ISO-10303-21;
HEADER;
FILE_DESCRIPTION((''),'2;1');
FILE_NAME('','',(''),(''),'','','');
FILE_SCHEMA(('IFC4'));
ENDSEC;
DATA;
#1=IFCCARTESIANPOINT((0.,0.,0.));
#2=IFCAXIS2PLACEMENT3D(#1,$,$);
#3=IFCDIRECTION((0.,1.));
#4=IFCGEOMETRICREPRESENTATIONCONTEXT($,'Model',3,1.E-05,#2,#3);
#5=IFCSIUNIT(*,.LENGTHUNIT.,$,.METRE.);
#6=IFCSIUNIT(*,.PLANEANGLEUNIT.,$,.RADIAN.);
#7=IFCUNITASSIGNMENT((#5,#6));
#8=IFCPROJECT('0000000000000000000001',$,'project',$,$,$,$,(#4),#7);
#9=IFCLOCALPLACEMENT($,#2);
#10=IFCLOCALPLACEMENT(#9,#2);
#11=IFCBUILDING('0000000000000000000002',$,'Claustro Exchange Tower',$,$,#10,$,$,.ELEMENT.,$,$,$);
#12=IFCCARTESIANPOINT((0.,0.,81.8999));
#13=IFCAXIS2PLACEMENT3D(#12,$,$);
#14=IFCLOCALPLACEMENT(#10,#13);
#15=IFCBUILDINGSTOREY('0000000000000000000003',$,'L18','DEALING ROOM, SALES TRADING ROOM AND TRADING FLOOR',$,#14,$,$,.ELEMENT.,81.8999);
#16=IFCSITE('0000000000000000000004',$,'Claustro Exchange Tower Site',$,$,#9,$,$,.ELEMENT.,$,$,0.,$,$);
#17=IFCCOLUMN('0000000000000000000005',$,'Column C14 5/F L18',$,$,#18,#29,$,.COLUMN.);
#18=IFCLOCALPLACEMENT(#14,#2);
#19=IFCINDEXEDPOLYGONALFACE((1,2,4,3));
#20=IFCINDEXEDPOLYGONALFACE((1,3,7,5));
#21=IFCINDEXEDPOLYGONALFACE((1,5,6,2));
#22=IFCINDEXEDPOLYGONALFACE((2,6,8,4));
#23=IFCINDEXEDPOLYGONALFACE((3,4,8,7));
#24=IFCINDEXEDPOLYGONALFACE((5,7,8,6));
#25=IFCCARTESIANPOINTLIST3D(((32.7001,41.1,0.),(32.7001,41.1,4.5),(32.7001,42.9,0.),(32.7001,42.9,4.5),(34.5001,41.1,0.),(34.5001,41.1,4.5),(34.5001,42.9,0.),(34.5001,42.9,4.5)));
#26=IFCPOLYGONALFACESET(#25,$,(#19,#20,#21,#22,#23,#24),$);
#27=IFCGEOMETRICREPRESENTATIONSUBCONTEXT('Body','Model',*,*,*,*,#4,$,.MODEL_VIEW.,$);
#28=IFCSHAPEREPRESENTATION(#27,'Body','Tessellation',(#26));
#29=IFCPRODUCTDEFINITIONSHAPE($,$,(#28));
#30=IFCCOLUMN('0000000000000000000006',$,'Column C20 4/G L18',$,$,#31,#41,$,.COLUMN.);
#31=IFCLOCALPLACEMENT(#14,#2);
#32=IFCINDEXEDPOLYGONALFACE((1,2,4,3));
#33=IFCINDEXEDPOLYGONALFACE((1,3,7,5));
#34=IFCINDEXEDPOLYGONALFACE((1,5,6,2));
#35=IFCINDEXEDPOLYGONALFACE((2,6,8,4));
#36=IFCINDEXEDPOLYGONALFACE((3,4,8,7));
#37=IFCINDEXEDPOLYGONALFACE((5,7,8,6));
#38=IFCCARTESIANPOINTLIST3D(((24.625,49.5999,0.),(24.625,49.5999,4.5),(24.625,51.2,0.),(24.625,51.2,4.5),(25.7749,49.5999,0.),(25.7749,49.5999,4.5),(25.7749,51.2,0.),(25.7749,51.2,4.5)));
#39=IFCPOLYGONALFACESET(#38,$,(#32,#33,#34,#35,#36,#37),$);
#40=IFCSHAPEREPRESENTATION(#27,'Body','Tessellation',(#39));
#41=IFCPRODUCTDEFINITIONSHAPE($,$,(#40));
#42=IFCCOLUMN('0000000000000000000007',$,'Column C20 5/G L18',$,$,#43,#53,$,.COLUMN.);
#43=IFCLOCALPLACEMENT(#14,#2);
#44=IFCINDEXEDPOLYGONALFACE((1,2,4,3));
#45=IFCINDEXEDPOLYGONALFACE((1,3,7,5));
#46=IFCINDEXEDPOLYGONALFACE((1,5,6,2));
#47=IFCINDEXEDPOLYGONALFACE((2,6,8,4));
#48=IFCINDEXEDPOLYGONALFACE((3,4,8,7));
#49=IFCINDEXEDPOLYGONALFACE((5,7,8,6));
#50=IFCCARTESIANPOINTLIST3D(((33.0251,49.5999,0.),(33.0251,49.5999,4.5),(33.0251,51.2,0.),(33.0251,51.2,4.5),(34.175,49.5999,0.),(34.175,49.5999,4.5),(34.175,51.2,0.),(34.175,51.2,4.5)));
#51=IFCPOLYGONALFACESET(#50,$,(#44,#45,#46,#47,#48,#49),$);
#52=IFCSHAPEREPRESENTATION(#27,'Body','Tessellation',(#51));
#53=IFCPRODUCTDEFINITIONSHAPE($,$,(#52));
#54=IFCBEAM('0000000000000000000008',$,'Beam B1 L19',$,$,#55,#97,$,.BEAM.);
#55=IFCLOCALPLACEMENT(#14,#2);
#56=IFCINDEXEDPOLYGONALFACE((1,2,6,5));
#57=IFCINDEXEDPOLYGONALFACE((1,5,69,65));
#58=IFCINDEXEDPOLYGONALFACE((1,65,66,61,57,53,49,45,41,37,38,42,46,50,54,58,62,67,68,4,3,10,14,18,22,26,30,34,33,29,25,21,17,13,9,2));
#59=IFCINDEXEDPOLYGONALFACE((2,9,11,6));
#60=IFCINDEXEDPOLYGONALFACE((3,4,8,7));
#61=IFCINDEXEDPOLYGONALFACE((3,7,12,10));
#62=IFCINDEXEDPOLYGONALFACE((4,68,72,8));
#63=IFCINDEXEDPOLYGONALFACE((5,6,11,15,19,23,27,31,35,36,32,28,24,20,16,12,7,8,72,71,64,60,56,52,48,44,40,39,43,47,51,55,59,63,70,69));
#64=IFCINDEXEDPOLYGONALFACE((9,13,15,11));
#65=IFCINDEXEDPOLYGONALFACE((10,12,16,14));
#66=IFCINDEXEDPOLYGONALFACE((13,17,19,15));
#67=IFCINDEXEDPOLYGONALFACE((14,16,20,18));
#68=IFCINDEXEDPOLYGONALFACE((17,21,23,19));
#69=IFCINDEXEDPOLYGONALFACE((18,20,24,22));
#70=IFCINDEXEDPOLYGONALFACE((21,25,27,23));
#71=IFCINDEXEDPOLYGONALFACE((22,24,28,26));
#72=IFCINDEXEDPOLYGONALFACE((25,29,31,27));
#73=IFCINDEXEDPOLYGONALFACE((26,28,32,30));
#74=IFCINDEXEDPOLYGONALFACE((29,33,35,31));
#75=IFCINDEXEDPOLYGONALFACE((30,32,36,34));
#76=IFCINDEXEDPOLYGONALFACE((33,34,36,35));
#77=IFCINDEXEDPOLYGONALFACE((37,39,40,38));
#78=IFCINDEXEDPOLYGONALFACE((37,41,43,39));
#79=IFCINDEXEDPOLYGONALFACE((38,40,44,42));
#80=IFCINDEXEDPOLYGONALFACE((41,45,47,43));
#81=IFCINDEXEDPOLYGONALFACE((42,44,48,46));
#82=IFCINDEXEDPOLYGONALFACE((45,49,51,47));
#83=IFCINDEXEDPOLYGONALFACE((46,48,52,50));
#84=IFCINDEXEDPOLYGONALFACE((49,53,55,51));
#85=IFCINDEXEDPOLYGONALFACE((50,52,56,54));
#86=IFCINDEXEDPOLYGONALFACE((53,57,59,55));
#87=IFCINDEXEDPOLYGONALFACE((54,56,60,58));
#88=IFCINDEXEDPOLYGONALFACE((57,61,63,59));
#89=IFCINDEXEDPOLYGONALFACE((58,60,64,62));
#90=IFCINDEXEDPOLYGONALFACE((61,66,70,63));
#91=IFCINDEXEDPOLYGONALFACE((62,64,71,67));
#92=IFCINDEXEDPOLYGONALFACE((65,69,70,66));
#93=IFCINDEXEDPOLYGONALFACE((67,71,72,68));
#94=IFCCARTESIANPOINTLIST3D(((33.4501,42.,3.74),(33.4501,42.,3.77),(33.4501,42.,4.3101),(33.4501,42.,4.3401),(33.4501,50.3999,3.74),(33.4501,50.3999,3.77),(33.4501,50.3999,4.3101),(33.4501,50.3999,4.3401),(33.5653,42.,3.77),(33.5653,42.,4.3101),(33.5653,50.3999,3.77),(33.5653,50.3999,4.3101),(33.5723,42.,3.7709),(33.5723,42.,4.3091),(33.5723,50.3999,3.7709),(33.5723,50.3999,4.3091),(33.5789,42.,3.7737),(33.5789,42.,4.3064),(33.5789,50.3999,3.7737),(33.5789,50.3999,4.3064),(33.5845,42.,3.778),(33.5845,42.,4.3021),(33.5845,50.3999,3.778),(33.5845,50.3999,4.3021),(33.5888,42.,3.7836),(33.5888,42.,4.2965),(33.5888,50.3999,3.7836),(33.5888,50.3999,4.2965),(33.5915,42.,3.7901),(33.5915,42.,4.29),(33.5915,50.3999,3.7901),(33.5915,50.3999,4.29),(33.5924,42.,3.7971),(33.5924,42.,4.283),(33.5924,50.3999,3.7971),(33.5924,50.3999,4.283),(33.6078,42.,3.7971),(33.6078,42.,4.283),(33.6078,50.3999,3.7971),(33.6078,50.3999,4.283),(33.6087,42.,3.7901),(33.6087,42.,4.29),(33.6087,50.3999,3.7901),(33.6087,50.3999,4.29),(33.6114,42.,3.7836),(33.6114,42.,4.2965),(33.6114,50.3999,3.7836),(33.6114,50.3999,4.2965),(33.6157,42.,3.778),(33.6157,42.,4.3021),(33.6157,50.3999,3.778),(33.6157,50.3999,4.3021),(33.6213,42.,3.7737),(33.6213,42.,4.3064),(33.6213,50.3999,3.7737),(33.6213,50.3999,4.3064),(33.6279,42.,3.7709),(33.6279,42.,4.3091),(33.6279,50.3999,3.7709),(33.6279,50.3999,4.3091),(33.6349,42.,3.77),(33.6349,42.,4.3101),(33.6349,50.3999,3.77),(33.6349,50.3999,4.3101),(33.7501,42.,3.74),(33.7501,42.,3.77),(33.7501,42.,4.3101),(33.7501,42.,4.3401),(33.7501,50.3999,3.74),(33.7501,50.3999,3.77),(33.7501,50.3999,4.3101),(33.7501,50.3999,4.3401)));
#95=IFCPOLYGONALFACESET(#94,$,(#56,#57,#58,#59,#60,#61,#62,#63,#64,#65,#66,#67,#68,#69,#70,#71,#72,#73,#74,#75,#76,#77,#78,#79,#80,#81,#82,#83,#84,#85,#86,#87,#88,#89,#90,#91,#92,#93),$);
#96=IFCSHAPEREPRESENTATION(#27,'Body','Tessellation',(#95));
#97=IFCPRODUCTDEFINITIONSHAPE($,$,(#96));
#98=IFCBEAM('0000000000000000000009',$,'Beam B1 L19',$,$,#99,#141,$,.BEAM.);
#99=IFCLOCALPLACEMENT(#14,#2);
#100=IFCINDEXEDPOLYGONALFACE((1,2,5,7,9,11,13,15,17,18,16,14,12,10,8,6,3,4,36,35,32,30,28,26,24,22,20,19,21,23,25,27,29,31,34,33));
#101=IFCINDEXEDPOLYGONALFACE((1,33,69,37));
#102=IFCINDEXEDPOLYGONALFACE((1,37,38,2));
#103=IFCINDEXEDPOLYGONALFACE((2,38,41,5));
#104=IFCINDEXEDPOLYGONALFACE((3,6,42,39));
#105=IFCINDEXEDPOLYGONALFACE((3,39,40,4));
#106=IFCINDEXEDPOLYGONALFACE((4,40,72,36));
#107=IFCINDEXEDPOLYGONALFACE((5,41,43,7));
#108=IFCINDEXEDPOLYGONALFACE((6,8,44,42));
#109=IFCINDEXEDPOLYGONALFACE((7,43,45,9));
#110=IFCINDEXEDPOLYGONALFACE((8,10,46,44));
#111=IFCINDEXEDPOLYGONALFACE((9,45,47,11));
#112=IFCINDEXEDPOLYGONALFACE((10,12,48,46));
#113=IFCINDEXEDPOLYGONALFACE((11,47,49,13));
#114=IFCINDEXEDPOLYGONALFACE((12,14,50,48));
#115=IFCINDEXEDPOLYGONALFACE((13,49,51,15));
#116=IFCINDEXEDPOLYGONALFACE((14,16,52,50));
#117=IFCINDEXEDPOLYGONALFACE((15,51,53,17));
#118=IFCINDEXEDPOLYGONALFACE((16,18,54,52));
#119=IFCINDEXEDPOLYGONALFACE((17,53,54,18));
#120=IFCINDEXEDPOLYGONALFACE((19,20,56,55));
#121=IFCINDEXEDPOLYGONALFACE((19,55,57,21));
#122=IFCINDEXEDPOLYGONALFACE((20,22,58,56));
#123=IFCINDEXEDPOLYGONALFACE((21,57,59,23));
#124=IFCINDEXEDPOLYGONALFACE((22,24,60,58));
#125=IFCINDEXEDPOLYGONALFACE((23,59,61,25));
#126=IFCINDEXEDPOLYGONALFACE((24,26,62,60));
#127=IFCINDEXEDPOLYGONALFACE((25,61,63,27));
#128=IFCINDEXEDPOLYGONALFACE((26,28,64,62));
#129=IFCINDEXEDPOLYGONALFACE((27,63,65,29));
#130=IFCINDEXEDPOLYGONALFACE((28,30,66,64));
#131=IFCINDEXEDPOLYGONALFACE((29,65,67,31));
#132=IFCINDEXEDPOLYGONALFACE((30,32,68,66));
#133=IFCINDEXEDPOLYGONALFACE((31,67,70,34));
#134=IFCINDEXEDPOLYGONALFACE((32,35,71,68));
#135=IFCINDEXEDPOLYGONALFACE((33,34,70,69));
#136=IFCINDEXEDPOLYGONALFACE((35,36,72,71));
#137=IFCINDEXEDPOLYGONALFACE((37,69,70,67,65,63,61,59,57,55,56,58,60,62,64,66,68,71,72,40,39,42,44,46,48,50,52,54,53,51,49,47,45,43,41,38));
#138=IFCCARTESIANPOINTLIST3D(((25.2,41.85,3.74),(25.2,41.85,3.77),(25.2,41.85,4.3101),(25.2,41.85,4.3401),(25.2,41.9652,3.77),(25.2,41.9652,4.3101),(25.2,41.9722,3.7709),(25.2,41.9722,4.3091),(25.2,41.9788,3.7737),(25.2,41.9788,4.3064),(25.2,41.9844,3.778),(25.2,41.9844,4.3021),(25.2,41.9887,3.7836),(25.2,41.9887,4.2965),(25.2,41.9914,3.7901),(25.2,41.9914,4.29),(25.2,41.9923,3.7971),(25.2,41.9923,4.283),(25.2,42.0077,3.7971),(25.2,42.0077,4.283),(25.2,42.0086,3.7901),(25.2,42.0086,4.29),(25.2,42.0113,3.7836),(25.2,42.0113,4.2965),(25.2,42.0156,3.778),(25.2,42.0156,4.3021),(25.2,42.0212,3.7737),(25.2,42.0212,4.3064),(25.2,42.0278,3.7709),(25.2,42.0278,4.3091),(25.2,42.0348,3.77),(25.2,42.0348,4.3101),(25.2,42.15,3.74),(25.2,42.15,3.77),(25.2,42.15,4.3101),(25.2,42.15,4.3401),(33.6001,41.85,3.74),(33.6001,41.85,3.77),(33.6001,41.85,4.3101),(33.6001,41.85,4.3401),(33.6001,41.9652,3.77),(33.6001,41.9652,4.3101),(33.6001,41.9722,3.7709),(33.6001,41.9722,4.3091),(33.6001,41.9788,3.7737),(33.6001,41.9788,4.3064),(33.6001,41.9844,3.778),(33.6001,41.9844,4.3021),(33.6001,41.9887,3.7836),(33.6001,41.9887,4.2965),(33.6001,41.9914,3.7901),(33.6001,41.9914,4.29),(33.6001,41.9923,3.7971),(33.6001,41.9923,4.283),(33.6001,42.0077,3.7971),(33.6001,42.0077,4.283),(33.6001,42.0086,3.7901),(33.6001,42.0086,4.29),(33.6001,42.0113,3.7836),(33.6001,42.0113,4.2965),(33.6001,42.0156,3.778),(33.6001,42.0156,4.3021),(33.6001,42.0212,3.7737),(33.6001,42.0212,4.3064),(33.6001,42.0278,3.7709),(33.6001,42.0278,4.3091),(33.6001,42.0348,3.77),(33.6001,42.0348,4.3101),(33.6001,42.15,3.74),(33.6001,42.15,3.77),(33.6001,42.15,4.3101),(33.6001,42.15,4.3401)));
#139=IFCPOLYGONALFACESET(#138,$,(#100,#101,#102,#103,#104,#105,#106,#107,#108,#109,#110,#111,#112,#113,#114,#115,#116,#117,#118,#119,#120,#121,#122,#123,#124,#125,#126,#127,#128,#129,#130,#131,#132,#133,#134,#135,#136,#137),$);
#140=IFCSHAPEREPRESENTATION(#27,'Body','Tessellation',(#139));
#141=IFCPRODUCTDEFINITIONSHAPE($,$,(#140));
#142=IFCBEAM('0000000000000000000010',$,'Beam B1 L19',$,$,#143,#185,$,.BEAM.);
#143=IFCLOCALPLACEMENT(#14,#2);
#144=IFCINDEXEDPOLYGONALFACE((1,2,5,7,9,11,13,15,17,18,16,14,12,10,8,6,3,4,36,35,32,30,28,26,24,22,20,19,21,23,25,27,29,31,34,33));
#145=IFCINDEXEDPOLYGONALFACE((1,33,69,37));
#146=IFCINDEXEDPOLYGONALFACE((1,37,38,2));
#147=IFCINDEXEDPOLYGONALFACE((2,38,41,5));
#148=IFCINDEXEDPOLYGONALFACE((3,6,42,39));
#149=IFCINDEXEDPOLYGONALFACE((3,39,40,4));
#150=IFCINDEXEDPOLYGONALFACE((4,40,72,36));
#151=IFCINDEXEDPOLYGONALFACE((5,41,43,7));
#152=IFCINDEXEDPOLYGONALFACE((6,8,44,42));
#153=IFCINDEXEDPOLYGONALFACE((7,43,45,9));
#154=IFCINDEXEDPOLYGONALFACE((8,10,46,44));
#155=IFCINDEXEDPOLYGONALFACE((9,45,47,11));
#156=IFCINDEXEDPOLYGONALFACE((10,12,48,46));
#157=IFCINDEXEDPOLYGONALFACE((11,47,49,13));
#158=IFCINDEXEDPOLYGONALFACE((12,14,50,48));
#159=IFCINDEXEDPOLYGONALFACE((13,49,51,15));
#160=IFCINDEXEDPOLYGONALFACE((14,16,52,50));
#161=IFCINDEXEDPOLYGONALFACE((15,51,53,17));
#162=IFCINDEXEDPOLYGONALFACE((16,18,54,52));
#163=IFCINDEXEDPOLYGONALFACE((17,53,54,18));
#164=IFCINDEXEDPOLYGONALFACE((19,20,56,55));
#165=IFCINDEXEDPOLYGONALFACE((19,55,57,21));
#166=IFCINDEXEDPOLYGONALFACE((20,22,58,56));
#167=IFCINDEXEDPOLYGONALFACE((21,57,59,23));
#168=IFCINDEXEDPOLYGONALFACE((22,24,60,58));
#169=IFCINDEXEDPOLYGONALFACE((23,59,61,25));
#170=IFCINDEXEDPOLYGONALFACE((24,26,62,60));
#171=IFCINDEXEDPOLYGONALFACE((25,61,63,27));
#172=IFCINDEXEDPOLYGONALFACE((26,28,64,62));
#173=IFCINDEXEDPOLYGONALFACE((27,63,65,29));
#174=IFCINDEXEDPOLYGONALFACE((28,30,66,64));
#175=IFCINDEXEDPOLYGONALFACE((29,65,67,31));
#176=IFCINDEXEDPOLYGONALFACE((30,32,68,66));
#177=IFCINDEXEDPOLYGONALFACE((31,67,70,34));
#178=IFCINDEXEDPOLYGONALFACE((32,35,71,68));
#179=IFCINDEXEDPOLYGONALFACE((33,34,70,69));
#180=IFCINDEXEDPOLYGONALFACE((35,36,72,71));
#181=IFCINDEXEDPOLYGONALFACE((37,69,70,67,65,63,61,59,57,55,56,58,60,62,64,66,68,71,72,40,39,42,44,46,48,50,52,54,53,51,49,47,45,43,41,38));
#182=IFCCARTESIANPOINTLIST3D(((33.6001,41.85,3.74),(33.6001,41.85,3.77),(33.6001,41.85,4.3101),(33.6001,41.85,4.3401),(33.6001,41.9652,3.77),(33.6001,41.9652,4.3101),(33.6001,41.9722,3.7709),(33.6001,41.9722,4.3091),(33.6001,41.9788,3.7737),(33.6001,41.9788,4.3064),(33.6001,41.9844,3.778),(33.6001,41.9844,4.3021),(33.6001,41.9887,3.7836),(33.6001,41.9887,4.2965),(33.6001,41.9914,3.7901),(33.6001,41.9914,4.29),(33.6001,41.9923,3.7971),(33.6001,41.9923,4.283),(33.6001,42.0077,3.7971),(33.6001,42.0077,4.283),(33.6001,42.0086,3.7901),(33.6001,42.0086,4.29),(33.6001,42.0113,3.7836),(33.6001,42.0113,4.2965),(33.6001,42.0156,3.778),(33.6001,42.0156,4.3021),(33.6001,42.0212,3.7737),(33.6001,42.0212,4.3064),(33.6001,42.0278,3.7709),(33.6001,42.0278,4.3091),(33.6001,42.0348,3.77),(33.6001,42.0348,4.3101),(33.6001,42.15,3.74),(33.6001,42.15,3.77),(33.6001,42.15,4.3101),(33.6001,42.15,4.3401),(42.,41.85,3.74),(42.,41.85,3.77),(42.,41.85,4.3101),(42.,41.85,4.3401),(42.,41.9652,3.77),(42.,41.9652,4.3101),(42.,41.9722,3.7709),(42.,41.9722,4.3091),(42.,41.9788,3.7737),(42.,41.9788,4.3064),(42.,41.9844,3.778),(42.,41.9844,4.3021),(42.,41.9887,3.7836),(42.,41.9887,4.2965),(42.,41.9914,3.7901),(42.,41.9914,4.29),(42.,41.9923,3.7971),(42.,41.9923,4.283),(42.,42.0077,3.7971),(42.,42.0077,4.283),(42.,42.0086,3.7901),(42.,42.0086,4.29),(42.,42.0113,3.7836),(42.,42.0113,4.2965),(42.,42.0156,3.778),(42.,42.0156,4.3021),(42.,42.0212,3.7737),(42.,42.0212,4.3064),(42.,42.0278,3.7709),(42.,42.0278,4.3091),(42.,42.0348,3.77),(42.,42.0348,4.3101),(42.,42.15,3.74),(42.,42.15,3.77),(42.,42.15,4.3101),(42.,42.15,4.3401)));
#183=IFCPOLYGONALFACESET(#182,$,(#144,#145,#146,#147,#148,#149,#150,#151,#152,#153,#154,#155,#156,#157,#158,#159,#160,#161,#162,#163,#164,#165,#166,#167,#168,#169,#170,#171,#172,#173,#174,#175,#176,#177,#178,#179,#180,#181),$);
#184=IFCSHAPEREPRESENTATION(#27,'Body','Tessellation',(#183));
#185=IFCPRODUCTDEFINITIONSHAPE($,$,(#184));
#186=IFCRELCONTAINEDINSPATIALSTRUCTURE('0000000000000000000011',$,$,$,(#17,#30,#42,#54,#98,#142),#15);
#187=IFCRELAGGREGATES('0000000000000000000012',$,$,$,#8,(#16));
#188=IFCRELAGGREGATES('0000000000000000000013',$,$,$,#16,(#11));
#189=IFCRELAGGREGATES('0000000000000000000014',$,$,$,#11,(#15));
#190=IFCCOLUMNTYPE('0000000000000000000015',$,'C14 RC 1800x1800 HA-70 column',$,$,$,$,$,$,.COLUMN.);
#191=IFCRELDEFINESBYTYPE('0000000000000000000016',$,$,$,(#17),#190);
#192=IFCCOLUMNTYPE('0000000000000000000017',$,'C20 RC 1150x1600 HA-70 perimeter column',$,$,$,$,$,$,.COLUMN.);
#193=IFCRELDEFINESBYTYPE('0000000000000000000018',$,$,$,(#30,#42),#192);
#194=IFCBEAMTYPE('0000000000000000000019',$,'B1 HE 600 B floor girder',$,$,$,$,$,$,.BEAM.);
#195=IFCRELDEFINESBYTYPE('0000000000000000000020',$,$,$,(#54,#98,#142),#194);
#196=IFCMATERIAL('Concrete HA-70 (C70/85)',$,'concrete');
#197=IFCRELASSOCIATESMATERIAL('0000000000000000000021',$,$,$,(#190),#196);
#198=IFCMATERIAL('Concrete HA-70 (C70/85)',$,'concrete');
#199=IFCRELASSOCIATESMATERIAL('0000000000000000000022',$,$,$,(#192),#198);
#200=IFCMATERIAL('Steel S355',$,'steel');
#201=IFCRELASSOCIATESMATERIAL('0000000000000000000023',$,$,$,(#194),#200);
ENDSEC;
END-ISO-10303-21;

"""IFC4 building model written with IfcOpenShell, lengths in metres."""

from ifc_helpers import new_model, si_unit, direction, frame, origin, origin_2d, place, context, subcontext, project, spatial, rectangle, i_section, extrude, material, material_profile, profile_set, type_object, element, save


model = new_model("IFC4")

# Units and contexts
model_context = context("Model", 3, precision=1e-05, world=origin(), true_north=direction((0.0, 1.0)))
body_context = subcontext(model_context, "Body", "Model", "MODEL_VIEW")
ifc_project = project(units=[si_unit("LENGTHUNIT", "METRE"), si_unit("PLANEANGLEUNIT", "RADIAN")], contexts=[model_context])

# Site, building, storey
site_placement = place(None, origin())
site = spatial("IfcSite", under=ifc_project, at=site_placement, Name="Claustro Exchange Tower Site", CompositionType="ELEMENT", RefElevation=0.0)
building_placement = place(site_placement, origin())
building = spatial("IfcBuilding", under=site, at=building_placement, Name="Claustro Exchange Tower", CompositionType="ELEMENT")
storey_placement = place(building_placement, frame((0.0, 0.0, 81.8999)))
storey = spatial("IfcBuildingStorey", under=building, at=storey_placement, Name="L18", Description="DEALING ROOM, SALES TRADING ROOM AND TRADING FLOOR", CompositionType="ELEMENT", Elevation=81.8999)

# Columns
ifc_material_1 = material(Name="Concrete HA-70 (C70/85)", Category="concrete")
ifc_material_profile_1 = material_profile(ifc_material_1, rectangle(XDim=1.8, YDim=1.8, at=origin_2d()), Name="RC 1800x1800")
ifc_profile_set_1 = profile_set([ifc_material_profile_1], Name="Concrete HA-70 (C70/85)")
column_type_1 = type_object("IfcColumnType", Name="C14 RC 1800x1800 HA-70 column", PredefinedType="COLUMN", material=ifc_profile_set_1)
column_placement = place(storey_placement, frame((33.6001, 42.0, 0.0), z_axis=(0.0, 0.0, 1.0), x_axis=(1.0, 0.0, 0.0)))
element("IfcColumn", 1, at=column_placement, inside=storey, type_object=column_type_1, Name="Column C14 5/F L18", PredefinedType="COLUMN", context=body_context, shape_type="SweptSolid", body=[
    extrude(rectangle(XDim=1.8, YDim=1.8, at=origin_2d()), origin(), (0.0, 0.0, 1.0), 4.5),
])
ifc_material_2 = material(Name="Concrete HA-70 (C70/85)", Category="concrete")
ifc_material_profile_2 = material_profile(ifc_material_2, rectangle(XDim=1.1499, YDim=1.6001, at=origin_2d()), Name="RC 1150x1600")
ifc_profile_set_2 = profile_set([ifc_material_profile_2], Name="Concrete HA-70 (C70/85)")
column_type_2 = type_object("IfcColumnType", Name="C20 RC 1150x1600 HA-70 perimeter column", PredefinedType="COLUMN", material=ifc_profile_set_2)
for number, where, z_axis, x_axis, name in (
    (2, (25.2, 50.3999, 0.0), (0.0, 0.0, 1.0), (1.0, 0.0, 0.0), "Column C20 4/G L18"),
    (3, (33.6001, 50.3999, 0.0), (0.0, 0.0, 1.0), (1.0, 0.0, 0.0), "Column C20 5/G L18"),
):
    element("IfcColumn", number, at=place(storey_placement, frame(where, z_axis=z_axis, x_axis=x_axis)), inside=storey, type_object=column_type_2, Name=name, PredefinedType="COLUMN", context=body_context, shape_type="SweptSolid", body=[
        extrude(rectangle(XDim=1.1499, YDim=1.6001, at=origin_2d()), origin(), (0.0, 0.0, 1.0), 4.5),
    ])

# Beams
ifc_material_3 = material(Name="Steel S355", Category="steel")
ifc_material_profile_3 = material_profile(ifc_material_3, i_section(OverallWidth=0.3, OverallDepth=0.6001, WebThickness=0.0154, FlangeThickness=0.03, FilletRadius=0.0271, at=origin_2d()), Name="HE 600 B")
ifc_profile_set_3 = profile_set([ifc_material_profile_3], Name="Steel S355")
beam_type_1 = type_object("IfcBeamType", Name="B1 HE 600 B floor girder", PredefinedType="BEAM", material=ifc_profile_set_3)
beam_1_placement = place(storey_placement, frame((33.6001, 42.0, 4.04), z_axis=(0.0, 1.0, 0.0), x_axis=(-1.0, 0.0, 0.0)))
element("IfcBeam", 4, at=beam_1_placement, inside=storey, type_object=beam_type_1, Name="Beam B1 L19", PredefinedType="BEAM", context=body_context, shape_type="SweptSolid", body=[
    extrude(i_section(OverallWidth=0.3, OverallDepth=0.6001, WebThickness=0.0154, FlangeThickness=0.03, FilletRadius=0.0271, at=origin_2d()), origin(), (0.0, 0.0, 1.0), 8.3999),
])
beam_2_placement = place(storey_placement, frame((25.2, 42.0, 4.04), z_axis=(1.0, 0.0, 0.0), x_axis=(0.0, 1.0, 0.0)))
element("IfcBeam", 5, at=beam_2_placement, inside=storey, type_object=beam_type_1, Name="Beam B1 L19", PredefinedType="BEAM", context=body_context, shape_type="SweptSolid", body=[
    extrude(i_section(OverallWidth=0.3, OverallDepth=0.6001, WebThickness=0.0154, FlangeThickness=0.03, FilletRadius=0.0271, at=origin_2d()), origin(), (0.0, 0.0, 1.0), 8.4001),
])
beam_3_placement = place(storey_placement, frame((33.6001, 42.0, 4.04), z_axis=(1.0, 0.0, 0.0), x_axis=(0.0, 1.0, 0.0)))
element("IfcBeam", 6, at=beam_3_placement, inside=storey, type_object=beam_type_1, Name="Beam B1 L19", PredefinedType="BEAM", context=body_context, shape_type="SweptSolid", body=[
    extrude(i_section(OverallWidth=0.3, OverallDepth=0.6001, WebThickness=0.0154, FlangeThickness=0.03, FilletRadius=0.0271, at=origin_2d()), origin(), (0.0, 0.0, 1.0), 8.3999),
])

save(model, "model.ifc")
